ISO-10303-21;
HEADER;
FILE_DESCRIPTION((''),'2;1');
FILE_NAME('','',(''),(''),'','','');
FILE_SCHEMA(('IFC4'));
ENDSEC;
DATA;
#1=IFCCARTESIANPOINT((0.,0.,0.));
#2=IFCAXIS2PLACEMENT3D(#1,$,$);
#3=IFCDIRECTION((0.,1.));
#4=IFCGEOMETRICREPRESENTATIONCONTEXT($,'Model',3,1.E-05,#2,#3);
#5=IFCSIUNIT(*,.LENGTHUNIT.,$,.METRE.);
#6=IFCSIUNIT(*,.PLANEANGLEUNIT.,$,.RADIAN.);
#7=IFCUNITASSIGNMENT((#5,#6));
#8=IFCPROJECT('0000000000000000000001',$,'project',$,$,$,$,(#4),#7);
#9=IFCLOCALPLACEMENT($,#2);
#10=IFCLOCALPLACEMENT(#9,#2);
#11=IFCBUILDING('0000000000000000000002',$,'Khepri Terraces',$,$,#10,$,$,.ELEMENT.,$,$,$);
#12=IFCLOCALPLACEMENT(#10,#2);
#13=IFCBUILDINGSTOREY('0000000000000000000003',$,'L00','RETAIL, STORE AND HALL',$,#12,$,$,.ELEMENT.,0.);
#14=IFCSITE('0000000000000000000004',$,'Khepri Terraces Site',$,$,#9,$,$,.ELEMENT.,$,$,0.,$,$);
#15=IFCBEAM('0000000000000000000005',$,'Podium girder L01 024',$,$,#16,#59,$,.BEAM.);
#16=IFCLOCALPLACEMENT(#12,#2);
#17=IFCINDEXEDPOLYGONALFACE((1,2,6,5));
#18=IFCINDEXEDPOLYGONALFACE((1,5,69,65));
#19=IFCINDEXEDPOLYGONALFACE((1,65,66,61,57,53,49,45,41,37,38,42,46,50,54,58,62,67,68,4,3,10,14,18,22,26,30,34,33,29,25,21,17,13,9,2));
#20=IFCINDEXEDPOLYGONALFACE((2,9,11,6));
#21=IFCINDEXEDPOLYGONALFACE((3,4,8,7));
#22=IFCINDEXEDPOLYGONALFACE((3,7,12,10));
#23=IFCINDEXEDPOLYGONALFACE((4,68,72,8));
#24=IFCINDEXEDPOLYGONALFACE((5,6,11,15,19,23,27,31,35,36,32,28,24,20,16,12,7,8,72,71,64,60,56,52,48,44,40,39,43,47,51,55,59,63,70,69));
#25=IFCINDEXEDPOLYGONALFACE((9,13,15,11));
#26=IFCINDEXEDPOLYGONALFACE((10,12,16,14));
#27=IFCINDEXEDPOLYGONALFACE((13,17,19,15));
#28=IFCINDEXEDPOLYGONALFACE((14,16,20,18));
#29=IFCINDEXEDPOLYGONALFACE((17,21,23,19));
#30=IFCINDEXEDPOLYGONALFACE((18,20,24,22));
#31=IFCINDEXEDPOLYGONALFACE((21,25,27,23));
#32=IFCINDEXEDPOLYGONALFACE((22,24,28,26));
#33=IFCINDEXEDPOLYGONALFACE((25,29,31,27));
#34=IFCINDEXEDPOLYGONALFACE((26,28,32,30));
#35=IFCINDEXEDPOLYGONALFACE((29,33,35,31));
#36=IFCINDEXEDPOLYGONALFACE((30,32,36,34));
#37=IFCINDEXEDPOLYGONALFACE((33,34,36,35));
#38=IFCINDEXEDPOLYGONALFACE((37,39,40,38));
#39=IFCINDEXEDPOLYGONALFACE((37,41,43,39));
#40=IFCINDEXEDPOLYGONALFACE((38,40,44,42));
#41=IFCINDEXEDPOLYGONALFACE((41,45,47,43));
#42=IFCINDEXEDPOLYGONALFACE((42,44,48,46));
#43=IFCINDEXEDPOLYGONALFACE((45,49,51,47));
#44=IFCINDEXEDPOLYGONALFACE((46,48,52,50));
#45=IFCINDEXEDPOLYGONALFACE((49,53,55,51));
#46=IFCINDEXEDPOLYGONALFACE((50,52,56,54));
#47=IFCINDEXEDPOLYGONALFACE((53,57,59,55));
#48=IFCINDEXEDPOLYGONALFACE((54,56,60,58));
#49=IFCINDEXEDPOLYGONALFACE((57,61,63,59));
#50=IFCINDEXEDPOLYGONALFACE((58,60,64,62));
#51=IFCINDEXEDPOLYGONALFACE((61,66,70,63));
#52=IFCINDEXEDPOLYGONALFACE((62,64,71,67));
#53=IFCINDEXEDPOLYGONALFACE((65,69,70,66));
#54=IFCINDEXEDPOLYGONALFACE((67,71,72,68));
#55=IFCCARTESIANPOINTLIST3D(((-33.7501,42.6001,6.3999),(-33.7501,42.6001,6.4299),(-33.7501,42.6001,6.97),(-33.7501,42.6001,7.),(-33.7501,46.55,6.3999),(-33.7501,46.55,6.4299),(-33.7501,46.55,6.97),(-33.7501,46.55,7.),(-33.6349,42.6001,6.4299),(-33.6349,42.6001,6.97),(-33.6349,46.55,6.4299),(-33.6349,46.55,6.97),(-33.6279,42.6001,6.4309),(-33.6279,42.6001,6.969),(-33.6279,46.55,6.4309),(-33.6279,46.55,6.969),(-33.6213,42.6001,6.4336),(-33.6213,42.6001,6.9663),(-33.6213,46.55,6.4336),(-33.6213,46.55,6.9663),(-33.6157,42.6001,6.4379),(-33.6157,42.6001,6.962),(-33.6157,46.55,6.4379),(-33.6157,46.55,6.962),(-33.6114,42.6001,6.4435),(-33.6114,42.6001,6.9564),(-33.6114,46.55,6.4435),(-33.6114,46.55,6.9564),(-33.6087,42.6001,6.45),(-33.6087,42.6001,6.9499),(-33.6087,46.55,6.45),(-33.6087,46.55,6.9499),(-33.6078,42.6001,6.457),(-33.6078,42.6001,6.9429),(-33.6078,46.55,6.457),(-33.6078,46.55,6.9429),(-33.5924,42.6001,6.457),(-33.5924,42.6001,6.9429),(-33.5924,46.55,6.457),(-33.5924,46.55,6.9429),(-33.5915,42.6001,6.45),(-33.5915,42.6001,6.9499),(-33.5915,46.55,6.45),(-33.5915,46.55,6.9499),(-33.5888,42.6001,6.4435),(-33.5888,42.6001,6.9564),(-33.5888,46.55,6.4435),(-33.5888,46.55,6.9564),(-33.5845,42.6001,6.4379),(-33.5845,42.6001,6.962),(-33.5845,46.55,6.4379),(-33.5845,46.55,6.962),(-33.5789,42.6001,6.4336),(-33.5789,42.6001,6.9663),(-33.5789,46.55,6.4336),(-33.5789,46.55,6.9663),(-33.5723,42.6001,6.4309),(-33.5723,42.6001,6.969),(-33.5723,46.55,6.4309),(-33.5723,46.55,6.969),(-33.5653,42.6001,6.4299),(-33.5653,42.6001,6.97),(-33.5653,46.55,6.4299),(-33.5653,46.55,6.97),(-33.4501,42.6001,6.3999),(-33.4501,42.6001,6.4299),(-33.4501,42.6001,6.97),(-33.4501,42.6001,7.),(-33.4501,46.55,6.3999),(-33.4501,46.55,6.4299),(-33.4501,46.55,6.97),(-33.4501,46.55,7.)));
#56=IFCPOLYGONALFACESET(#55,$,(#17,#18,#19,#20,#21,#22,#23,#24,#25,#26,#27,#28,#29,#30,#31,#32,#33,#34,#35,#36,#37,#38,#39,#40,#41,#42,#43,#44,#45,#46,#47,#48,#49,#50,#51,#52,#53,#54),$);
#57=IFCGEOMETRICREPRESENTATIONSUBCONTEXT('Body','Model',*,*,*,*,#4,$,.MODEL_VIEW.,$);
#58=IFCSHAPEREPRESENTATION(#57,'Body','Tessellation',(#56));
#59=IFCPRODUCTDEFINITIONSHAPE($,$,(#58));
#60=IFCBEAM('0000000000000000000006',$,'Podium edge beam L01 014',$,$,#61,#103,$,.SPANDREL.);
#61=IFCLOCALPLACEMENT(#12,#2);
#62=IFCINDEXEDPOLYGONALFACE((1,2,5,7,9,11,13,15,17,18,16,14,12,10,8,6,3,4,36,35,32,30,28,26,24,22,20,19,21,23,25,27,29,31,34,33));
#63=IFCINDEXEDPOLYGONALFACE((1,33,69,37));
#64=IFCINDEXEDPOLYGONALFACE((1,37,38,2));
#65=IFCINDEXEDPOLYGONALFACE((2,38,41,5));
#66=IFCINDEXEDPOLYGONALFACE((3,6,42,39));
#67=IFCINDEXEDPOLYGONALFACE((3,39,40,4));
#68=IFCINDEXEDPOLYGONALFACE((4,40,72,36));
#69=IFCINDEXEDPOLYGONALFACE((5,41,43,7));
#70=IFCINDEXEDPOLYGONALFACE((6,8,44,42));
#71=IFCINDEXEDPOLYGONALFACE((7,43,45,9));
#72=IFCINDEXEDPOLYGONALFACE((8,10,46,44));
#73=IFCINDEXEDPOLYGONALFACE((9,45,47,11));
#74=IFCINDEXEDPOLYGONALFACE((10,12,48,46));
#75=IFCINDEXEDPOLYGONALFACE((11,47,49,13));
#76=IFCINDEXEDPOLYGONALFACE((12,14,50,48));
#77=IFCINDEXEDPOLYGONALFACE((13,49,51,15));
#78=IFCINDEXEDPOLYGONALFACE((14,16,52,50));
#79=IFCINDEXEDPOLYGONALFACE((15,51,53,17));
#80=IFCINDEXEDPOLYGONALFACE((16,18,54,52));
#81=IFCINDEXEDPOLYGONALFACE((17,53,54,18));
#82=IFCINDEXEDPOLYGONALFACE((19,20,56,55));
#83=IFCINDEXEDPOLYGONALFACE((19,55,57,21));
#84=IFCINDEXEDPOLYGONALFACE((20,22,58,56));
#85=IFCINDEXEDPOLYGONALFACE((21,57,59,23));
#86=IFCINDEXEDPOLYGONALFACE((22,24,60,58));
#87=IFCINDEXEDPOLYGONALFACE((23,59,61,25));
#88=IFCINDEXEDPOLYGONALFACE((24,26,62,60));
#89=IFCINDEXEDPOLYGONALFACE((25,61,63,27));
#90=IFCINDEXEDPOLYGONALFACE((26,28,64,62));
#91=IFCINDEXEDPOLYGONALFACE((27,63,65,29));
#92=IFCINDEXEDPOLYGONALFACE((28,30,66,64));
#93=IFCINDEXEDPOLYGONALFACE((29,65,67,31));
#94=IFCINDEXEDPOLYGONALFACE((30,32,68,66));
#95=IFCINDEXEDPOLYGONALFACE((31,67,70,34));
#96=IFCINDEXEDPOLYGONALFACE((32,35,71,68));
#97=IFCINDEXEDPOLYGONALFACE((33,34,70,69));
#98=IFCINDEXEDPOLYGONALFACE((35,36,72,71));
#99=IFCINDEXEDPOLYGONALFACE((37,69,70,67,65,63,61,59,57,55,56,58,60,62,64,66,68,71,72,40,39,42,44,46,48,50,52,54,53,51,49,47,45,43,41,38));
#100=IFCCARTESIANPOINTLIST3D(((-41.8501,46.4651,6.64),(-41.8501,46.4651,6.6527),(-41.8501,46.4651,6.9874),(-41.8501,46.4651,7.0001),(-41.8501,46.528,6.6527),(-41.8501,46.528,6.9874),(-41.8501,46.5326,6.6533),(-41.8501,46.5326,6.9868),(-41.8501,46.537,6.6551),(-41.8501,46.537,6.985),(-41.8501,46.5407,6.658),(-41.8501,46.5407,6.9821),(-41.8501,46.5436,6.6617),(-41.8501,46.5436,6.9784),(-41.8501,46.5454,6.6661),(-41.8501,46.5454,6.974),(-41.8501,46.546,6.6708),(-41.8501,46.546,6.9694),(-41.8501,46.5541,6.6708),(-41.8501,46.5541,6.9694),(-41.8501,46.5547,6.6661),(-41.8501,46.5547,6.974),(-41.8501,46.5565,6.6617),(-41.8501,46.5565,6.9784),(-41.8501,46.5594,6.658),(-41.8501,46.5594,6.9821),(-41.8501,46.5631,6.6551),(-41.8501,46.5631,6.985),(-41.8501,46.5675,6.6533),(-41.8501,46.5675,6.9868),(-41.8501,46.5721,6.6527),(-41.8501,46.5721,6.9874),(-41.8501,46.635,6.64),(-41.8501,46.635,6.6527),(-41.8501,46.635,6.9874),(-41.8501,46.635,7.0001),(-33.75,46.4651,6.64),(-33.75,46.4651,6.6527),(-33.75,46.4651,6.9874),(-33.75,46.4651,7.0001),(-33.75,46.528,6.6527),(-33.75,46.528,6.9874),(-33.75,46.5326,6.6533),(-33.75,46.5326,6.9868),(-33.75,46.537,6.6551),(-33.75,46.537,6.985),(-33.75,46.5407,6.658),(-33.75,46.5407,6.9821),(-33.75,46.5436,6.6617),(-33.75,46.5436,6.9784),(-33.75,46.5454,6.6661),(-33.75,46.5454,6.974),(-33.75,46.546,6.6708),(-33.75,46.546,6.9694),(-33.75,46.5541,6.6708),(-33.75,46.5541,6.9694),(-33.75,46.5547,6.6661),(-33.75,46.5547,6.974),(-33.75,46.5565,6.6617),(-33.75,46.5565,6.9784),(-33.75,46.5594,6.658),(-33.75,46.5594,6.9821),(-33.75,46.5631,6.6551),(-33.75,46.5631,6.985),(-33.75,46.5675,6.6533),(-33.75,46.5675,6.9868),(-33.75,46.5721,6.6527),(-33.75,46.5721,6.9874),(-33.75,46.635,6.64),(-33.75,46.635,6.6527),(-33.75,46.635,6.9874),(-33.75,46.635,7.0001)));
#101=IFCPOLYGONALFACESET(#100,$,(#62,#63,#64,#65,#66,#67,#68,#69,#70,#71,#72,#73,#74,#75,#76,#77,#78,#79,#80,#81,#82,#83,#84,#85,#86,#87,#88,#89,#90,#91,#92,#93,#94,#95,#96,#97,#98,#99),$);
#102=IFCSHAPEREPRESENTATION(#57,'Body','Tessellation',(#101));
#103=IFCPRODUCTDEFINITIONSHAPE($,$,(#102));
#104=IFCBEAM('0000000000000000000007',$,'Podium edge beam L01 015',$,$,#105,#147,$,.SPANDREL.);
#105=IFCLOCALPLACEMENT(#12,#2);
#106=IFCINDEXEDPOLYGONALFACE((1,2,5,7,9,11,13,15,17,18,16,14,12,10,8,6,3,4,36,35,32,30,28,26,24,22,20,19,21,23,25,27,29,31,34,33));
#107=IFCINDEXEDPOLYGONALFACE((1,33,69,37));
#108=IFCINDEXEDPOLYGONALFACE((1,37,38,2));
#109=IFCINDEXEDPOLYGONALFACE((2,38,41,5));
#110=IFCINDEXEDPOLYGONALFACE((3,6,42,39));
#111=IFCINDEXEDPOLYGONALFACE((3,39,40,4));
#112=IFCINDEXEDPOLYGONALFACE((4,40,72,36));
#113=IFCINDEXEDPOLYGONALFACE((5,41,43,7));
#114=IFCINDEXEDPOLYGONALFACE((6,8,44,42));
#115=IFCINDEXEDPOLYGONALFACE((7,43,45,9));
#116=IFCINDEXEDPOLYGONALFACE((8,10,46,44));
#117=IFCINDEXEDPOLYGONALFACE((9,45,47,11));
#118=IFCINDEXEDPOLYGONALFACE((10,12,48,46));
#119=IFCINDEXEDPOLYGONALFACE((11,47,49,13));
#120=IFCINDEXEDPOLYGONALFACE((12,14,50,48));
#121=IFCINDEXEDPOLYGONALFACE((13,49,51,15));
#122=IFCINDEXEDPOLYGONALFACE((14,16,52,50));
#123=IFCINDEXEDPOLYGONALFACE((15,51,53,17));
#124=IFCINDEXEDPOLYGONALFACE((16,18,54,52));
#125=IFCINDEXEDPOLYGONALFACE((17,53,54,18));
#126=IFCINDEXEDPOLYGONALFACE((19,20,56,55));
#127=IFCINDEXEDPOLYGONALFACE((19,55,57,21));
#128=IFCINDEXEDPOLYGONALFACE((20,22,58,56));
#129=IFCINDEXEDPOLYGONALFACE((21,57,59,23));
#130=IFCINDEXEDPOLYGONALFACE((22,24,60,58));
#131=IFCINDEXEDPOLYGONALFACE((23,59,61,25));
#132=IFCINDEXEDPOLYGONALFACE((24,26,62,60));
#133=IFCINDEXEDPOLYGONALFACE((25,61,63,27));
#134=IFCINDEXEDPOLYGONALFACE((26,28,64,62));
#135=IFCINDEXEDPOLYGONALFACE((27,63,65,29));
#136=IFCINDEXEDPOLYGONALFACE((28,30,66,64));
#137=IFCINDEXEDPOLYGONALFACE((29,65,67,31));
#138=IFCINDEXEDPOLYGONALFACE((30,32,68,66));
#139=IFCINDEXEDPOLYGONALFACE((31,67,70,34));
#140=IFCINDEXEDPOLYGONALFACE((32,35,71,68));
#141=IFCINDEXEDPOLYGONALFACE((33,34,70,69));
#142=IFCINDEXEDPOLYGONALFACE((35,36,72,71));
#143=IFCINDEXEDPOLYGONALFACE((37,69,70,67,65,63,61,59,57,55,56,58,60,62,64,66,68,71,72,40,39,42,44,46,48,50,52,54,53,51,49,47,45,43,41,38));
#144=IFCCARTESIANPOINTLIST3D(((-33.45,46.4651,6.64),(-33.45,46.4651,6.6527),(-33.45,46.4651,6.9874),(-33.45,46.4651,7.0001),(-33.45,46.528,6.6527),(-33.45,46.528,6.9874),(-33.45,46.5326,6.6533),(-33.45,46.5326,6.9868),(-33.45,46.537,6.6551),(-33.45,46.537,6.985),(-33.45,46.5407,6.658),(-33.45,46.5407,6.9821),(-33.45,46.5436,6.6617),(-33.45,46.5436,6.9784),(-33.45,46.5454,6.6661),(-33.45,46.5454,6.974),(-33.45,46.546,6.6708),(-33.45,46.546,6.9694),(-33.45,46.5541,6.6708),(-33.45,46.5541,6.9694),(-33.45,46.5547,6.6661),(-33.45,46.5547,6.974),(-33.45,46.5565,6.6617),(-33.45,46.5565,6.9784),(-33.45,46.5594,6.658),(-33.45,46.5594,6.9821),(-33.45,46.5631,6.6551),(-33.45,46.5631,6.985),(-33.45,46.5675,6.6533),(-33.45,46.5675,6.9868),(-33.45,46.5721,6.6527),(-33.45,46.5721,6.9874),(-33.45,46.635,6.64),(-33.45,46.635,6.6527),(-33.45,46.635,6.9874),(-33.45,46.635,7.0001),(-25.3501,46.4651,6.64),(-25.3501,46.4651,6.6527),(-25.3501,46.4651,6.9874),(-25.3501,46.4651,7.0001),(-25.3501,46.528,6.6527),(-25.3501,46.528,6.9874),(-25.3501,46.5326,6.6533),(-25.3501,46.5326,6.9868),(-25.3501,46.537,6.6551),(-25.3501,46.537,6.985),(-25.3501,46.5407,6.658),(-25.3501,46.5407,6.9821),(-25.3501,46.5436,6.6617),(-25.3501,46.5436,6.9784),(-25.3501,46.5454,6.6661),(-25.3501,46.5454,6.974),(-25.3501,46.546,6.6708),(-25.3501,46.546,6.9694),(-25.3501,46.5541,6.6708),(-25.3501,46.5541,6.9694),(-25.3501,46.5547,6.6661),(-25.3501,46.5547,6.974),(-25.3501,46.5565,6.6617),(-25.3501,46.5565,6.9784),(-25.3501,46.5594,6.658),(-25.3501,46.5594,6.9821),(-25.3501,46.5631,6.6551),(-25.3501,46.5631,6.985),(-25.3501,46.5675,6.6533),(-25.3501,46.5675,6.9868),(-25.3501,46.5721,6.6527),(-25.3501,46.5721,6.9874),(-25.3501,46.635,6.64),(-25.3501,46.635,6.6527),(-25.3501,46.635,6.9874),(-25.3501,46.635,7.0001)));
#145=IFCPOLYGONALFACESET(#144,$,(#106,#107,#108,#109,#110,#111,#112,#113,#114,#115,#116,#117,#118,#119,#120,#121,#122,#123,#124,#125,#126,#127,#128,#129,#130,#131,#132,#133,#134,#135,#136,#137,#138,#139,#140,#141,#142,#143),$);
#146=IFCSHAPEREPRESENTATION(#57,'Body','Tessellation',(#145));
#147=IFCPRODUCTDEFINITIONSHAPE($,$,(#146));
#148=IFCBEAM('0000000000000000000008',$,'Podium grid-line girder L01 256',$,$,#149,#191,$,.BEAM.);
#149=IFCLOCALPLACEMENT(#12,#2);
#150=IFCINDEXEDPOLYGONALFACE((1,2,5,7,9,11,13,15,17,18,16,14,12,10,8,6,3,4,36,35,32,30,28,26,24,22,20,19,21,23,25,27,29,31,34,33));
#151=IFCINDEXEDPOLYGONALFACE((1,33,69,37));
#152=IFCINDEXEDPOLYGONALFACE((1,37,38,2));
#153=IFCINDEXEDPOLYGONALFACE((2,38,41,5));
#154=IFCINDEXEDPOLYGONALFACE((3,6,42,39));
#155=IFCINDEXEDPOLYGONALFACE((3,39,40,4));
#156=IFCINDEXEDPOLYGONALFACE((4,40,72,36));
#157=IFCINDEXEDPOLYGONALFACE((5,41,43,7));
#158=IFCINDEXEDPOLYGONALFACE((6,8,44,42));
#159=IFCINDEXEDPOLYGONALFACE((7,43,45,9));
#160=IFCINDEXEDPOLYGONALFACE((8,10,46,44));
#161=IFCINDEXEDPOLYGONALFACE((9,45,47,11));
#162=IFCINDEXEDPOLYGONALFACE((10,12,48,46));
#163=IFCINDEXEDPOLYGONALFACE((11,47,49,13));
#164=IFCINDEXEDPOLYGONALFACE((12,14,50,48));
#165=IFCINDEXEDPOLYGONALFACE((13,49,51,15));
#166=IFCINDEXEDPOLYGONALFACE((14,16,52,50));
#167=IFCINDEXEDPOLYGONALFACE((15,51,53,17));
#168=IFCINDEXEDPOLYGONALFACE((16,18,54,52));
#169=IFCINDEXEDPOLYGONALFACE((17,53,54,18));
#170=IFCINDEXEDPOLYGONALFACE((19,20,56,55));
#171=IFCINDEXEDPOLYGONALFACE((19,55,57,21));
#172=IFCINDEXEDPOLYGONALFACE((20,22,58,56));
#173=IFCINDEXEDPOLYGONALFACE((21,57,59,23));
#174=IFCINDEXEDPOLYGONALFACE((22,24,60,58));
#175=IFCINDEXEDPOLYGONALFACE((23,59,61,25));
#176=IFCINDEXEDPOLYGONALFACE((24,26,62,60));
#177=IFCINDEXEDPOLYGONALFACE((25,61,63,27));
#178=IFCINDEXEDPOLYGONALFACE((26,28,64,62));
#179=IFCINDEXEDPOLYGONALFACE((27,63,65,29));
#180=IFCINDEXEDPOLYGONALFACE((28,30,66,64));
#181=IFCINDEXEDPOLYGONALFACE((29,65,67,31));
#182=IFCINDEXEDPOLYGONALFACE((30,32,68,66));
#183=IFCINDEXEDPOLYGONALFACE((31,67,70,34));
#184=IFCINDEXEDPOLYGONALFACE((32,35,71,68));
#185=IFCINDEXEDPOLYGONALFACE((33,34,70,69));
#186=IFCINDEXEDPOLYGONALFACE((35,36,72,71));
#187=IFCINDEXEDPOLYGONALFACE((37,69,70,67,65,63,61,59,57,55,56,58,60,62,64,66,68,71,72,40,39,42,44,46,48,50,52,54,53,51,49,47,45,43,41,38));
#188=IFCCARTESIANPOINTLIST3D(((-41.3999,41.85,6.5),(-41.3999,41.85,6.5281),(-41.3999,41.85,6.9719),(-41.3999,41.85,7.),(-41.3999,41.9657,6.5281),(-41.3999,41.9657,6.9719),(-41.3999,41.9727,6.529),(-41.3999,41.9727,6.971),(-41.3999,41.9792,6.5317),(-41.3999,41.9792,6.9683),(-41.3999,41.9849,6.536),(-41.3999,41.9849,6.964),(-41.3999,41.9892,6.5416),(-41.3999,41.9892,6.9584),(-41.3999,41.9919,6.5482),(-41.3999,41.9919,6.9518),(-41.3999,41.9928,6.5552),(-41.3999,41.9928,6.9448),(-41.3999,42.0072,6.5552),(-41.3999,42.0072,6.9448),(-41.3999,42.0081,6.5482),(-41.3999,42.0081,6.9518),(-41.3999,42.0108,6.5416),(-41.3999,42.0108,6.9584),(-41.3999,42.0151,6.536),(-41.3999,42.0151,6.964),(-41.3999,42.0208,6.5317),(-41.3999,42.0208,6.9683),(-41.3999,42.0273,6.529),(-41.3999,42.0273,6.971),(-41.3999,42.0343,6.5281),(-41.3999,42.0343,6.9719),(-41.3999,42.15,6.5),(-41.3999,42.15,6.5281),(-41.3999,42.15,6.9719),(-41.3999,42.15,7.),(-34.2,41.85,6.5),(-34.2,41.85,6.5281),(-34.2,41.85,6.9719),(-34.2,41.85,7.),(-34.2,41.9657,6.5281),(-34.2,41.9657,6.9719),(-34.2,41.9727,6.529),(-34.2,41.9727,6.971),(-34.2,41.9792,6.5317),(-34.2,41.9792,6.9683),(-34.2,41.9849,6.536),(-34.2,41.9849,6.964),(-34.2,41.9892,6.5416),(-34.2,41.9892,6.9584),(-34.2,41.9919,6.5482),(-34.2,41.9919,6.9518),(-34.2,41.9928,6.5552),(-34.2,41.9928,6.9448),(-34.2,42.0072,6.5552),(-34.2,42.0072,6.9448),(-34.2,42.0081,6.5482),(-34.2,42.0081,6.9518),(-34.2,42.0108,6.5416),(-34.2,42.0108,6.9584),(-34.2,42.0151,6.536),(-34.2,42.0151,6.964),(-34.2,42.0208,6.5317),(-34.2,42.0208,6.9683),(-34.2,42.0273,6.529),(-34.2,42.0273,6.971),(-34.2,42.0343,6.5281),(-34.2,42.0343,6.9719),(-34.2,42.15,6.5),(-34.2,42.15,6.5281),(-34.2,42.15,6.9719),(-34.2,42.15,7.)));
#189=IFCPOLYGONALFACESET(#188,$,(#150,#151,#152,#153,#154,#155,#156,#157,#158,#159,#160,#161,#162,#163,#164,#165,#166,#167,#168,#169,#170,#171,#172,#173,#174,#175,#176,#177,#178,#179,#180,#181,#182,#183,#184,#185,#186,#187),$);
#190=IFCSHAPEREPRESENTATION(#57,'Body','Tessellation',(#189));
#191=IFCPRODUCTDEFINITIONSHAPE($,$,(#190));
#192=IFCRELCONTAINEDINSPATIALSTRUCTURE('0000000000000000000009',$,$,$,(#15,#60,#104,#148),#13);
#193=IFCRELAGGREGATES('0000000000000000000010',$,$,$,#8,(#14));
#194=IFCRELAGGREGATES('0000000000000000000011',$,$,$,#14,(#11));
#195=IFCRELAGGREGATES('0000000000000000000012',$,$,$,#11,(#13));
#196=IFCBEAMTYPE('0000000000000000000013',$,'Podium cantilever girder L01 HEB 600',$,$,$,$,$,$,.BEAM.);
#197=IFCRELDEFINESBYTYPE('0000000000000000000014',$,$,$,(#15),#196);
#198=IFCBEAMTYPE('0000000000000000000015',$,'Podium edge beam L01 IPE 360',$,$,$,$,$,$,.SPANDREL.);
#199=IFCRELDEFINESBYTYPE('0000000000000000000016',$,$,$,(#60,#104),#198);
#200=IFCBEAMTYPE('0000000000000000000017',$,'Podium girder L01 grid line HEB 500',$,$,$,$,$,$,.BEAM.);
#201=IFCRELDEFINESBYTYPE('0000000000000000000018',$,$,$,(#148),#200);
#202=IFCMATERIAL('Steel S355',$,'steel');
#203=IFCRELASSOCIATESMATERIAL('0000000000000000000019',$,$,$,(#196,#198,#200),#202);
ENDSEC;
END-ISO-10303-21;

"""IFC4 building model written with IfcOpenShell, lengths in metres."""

from ifc_helpers import new_model, si_unit, direction, frame, origin, origin_2d, place, context, subcontext, project, spatial, i_section, extrude, material, material_profile, profile_set, type_object, element, save


model = new_model("IFC4")

# Units and contexts
model_context = context("Model", 3, precision=1e-05, world=origin(), true_north=direction((0.0, 1.0)))
body_context = subcontext(model_context, "Body", "Model", "MODEL_VIEW")
ifc_project = project(units=[si_unit("LENGTHUNIT", "METRE"), si_unit("PLANEANGLEUNIT", "RADIAN")], contexts=[model_context])

# Site, building, storey
site_placement = place(None, origin())
site = spatial("IfcSite", under=ifc_project, at=site_placement, Name="Khepri Terraces Site", CompositionType="ELEMENT", RefElevation=0.0)
building_placement = place(site_placement, origin())
building = spatial("IfcBuilding", under=site, at=building_placement, Name="Khepri Terraces", CompositionType="ELEMENT")
storey_placement = place(building_placement, origin())
storey = spatial("IfcBuildingStorey", under=building, at=storey_placement, Name="L00", Description="RETAIL, STORE AND HALL", CompositionType="ELEMENT", Elevation=0.0)

# Beams
ifc_material_1 = material(Name="Steel S355", Category="steel")
ifc_material_profile_1 = material_profile(ifc_material_1, i_section(OverallWidth=0.3, OverallDepth=0.6001, WebThickness=0.0154, FlangeThickness=0.03, FilletRadius=0.0271, at=origin_2d()), Name="Steel S355", Category="steel")
ifc_profile_set_1 = profile_set([ifc_material_profile_1], Name="Steel S355")
beam_type_1 = type_object("IfcBeamType", Name="Podium cantilever girder L01 HEB 600", PredefinedType="BEAM", material=ifc_profile_set_1)
for number, where, z_axis, x_axis, name in (
    (1, (-33.6001, 42.6001, 6.7), (0.0, 1.0, 0.0), (-1.0, 0.0, 0.0), "Podium girder L01 024"),
):
    element("IfcBeam", number, at=place(storey_placement, frame(where, z_axis=z_axis, x_axis=x_axis)), inside=storey, type_object=beam_type_1, Name=name, PredefinedType="BEAM", context=body_context, shape_type="SweptSolid", body=[
        extrude(i_section(OverallWidth=0.3, OverallDepth=0.6001, WebThickness=0.0154, FlangeThickness=0.03, FilletRadius=0.0271, at=origin_2d()), origin(), (0.0, 0.0, 1.0), 3.95),
    ])
ifc_material_profile_2 = material_profile(ifc_material_1, i_section(OverallWidth=0.1699, OverallDepth=0.3601, WebThickness=0.0081, FlangeThickness=0.0127, FilletRadius=0.0181, at=origin_2d()), Name="Steel S355", Category="steel")
ifc_profile_set_2 = profile_set([ifc_material_profile_2], Name="Steel S355")
beam_type_2 = type_object("IfcBeamType", Name="Podium edge beam L01 IPE 360", PredefinedType="SPANDREL", material=ifc_profile_set_2)
beam_1_placement = place(storey_placement, frame((-41.8501, 46.55, 6.8201), z_axis=(1.0, 0.0, 0.0), x_axis=(0.0, 1.0, 0.0)))
element("IfcBeam", 2, at=beam_1_placement, inside=storey, type_object=beam_type_2, Name="Podium edge beam L01 014", PredefinedType="SPANDREL", context=body_context, shape_type="SweptSolid", body=[
    extrude(i_section(OverallWidth=0.1699, OverallDepth=0.3601, WebThickness=0.0081, FlangeThickness=0.0127, FilletRadius=0.0181, at=origin_2d()), origin(), (0.0, 0.0, 1.0), 8.1001),
])
beam_2_placement = place(storey_placement, frame((-33.45, 46.55, 6.8201), z_axis=(1.0, 0.0, 0.0), x_axis=(0.0, 1.0, 0.0)))
element("IfcBeam", 3, at=beam_2_placement, inside=storey, type_object=beam_type_2, Name="Podium edge beam L01 015", PredefinedType="SPANDREL", context=body_context, shape_type="SweptSolid", body=[
    extrude(i_section(OverallWidth=0.1699, OverallDepth=0.3601, WebThickness=0.0081, FlangeThickness=0.0127, FilletRadius=0.0181, at=origin_2d()), origin(), (0.0, 0.0, 1.0), 8.0999),
])
ifc_material_profile_3 = material_profile(ifc_material_1, i_section(OverallWidth=0.3, OverallDepth=0.5, WebThickness=0.0144, FlangeThickness=0.0281, FilletRadius=0.0271, at=origin_2d()), Name="Steel S355", Category="steel")
ifc_profile_set_3 = profile_set([ifc_material_profile_3], Name="Steel S355")
beam_type_3 = type_object("IfcBeamType", Name="Podium girder L01 grid line HEB 500", PredefinedType="BEAM", material=ifc_profile_set_3)
beam_3_placement = place(storey_placement, frame((-41.3999, 42.0, 6.75), z_axis=(1.0, 0.0, 0.0), x_axis=(0.0, 1.0, 0.0)))
element("IfcBeam", 4, at=beam_3_placement, inside=storey, type_object=beam_type_3, Name="Podium grid-line girder L01 256", PredefinedType="BEAM", context=body_context, shape_type="SweptSolid", body=[
    extrude(i_section(OverallWidth=0.3, OverallDepth=0.5, WebThickness=0.0144, FlangeThickness=0.0281, FilletRadius=0.0271, at=origin_2d()), origin(), (0.0, 0.0, 1.0), 7.2),
])

save(model, "model.ifc")
